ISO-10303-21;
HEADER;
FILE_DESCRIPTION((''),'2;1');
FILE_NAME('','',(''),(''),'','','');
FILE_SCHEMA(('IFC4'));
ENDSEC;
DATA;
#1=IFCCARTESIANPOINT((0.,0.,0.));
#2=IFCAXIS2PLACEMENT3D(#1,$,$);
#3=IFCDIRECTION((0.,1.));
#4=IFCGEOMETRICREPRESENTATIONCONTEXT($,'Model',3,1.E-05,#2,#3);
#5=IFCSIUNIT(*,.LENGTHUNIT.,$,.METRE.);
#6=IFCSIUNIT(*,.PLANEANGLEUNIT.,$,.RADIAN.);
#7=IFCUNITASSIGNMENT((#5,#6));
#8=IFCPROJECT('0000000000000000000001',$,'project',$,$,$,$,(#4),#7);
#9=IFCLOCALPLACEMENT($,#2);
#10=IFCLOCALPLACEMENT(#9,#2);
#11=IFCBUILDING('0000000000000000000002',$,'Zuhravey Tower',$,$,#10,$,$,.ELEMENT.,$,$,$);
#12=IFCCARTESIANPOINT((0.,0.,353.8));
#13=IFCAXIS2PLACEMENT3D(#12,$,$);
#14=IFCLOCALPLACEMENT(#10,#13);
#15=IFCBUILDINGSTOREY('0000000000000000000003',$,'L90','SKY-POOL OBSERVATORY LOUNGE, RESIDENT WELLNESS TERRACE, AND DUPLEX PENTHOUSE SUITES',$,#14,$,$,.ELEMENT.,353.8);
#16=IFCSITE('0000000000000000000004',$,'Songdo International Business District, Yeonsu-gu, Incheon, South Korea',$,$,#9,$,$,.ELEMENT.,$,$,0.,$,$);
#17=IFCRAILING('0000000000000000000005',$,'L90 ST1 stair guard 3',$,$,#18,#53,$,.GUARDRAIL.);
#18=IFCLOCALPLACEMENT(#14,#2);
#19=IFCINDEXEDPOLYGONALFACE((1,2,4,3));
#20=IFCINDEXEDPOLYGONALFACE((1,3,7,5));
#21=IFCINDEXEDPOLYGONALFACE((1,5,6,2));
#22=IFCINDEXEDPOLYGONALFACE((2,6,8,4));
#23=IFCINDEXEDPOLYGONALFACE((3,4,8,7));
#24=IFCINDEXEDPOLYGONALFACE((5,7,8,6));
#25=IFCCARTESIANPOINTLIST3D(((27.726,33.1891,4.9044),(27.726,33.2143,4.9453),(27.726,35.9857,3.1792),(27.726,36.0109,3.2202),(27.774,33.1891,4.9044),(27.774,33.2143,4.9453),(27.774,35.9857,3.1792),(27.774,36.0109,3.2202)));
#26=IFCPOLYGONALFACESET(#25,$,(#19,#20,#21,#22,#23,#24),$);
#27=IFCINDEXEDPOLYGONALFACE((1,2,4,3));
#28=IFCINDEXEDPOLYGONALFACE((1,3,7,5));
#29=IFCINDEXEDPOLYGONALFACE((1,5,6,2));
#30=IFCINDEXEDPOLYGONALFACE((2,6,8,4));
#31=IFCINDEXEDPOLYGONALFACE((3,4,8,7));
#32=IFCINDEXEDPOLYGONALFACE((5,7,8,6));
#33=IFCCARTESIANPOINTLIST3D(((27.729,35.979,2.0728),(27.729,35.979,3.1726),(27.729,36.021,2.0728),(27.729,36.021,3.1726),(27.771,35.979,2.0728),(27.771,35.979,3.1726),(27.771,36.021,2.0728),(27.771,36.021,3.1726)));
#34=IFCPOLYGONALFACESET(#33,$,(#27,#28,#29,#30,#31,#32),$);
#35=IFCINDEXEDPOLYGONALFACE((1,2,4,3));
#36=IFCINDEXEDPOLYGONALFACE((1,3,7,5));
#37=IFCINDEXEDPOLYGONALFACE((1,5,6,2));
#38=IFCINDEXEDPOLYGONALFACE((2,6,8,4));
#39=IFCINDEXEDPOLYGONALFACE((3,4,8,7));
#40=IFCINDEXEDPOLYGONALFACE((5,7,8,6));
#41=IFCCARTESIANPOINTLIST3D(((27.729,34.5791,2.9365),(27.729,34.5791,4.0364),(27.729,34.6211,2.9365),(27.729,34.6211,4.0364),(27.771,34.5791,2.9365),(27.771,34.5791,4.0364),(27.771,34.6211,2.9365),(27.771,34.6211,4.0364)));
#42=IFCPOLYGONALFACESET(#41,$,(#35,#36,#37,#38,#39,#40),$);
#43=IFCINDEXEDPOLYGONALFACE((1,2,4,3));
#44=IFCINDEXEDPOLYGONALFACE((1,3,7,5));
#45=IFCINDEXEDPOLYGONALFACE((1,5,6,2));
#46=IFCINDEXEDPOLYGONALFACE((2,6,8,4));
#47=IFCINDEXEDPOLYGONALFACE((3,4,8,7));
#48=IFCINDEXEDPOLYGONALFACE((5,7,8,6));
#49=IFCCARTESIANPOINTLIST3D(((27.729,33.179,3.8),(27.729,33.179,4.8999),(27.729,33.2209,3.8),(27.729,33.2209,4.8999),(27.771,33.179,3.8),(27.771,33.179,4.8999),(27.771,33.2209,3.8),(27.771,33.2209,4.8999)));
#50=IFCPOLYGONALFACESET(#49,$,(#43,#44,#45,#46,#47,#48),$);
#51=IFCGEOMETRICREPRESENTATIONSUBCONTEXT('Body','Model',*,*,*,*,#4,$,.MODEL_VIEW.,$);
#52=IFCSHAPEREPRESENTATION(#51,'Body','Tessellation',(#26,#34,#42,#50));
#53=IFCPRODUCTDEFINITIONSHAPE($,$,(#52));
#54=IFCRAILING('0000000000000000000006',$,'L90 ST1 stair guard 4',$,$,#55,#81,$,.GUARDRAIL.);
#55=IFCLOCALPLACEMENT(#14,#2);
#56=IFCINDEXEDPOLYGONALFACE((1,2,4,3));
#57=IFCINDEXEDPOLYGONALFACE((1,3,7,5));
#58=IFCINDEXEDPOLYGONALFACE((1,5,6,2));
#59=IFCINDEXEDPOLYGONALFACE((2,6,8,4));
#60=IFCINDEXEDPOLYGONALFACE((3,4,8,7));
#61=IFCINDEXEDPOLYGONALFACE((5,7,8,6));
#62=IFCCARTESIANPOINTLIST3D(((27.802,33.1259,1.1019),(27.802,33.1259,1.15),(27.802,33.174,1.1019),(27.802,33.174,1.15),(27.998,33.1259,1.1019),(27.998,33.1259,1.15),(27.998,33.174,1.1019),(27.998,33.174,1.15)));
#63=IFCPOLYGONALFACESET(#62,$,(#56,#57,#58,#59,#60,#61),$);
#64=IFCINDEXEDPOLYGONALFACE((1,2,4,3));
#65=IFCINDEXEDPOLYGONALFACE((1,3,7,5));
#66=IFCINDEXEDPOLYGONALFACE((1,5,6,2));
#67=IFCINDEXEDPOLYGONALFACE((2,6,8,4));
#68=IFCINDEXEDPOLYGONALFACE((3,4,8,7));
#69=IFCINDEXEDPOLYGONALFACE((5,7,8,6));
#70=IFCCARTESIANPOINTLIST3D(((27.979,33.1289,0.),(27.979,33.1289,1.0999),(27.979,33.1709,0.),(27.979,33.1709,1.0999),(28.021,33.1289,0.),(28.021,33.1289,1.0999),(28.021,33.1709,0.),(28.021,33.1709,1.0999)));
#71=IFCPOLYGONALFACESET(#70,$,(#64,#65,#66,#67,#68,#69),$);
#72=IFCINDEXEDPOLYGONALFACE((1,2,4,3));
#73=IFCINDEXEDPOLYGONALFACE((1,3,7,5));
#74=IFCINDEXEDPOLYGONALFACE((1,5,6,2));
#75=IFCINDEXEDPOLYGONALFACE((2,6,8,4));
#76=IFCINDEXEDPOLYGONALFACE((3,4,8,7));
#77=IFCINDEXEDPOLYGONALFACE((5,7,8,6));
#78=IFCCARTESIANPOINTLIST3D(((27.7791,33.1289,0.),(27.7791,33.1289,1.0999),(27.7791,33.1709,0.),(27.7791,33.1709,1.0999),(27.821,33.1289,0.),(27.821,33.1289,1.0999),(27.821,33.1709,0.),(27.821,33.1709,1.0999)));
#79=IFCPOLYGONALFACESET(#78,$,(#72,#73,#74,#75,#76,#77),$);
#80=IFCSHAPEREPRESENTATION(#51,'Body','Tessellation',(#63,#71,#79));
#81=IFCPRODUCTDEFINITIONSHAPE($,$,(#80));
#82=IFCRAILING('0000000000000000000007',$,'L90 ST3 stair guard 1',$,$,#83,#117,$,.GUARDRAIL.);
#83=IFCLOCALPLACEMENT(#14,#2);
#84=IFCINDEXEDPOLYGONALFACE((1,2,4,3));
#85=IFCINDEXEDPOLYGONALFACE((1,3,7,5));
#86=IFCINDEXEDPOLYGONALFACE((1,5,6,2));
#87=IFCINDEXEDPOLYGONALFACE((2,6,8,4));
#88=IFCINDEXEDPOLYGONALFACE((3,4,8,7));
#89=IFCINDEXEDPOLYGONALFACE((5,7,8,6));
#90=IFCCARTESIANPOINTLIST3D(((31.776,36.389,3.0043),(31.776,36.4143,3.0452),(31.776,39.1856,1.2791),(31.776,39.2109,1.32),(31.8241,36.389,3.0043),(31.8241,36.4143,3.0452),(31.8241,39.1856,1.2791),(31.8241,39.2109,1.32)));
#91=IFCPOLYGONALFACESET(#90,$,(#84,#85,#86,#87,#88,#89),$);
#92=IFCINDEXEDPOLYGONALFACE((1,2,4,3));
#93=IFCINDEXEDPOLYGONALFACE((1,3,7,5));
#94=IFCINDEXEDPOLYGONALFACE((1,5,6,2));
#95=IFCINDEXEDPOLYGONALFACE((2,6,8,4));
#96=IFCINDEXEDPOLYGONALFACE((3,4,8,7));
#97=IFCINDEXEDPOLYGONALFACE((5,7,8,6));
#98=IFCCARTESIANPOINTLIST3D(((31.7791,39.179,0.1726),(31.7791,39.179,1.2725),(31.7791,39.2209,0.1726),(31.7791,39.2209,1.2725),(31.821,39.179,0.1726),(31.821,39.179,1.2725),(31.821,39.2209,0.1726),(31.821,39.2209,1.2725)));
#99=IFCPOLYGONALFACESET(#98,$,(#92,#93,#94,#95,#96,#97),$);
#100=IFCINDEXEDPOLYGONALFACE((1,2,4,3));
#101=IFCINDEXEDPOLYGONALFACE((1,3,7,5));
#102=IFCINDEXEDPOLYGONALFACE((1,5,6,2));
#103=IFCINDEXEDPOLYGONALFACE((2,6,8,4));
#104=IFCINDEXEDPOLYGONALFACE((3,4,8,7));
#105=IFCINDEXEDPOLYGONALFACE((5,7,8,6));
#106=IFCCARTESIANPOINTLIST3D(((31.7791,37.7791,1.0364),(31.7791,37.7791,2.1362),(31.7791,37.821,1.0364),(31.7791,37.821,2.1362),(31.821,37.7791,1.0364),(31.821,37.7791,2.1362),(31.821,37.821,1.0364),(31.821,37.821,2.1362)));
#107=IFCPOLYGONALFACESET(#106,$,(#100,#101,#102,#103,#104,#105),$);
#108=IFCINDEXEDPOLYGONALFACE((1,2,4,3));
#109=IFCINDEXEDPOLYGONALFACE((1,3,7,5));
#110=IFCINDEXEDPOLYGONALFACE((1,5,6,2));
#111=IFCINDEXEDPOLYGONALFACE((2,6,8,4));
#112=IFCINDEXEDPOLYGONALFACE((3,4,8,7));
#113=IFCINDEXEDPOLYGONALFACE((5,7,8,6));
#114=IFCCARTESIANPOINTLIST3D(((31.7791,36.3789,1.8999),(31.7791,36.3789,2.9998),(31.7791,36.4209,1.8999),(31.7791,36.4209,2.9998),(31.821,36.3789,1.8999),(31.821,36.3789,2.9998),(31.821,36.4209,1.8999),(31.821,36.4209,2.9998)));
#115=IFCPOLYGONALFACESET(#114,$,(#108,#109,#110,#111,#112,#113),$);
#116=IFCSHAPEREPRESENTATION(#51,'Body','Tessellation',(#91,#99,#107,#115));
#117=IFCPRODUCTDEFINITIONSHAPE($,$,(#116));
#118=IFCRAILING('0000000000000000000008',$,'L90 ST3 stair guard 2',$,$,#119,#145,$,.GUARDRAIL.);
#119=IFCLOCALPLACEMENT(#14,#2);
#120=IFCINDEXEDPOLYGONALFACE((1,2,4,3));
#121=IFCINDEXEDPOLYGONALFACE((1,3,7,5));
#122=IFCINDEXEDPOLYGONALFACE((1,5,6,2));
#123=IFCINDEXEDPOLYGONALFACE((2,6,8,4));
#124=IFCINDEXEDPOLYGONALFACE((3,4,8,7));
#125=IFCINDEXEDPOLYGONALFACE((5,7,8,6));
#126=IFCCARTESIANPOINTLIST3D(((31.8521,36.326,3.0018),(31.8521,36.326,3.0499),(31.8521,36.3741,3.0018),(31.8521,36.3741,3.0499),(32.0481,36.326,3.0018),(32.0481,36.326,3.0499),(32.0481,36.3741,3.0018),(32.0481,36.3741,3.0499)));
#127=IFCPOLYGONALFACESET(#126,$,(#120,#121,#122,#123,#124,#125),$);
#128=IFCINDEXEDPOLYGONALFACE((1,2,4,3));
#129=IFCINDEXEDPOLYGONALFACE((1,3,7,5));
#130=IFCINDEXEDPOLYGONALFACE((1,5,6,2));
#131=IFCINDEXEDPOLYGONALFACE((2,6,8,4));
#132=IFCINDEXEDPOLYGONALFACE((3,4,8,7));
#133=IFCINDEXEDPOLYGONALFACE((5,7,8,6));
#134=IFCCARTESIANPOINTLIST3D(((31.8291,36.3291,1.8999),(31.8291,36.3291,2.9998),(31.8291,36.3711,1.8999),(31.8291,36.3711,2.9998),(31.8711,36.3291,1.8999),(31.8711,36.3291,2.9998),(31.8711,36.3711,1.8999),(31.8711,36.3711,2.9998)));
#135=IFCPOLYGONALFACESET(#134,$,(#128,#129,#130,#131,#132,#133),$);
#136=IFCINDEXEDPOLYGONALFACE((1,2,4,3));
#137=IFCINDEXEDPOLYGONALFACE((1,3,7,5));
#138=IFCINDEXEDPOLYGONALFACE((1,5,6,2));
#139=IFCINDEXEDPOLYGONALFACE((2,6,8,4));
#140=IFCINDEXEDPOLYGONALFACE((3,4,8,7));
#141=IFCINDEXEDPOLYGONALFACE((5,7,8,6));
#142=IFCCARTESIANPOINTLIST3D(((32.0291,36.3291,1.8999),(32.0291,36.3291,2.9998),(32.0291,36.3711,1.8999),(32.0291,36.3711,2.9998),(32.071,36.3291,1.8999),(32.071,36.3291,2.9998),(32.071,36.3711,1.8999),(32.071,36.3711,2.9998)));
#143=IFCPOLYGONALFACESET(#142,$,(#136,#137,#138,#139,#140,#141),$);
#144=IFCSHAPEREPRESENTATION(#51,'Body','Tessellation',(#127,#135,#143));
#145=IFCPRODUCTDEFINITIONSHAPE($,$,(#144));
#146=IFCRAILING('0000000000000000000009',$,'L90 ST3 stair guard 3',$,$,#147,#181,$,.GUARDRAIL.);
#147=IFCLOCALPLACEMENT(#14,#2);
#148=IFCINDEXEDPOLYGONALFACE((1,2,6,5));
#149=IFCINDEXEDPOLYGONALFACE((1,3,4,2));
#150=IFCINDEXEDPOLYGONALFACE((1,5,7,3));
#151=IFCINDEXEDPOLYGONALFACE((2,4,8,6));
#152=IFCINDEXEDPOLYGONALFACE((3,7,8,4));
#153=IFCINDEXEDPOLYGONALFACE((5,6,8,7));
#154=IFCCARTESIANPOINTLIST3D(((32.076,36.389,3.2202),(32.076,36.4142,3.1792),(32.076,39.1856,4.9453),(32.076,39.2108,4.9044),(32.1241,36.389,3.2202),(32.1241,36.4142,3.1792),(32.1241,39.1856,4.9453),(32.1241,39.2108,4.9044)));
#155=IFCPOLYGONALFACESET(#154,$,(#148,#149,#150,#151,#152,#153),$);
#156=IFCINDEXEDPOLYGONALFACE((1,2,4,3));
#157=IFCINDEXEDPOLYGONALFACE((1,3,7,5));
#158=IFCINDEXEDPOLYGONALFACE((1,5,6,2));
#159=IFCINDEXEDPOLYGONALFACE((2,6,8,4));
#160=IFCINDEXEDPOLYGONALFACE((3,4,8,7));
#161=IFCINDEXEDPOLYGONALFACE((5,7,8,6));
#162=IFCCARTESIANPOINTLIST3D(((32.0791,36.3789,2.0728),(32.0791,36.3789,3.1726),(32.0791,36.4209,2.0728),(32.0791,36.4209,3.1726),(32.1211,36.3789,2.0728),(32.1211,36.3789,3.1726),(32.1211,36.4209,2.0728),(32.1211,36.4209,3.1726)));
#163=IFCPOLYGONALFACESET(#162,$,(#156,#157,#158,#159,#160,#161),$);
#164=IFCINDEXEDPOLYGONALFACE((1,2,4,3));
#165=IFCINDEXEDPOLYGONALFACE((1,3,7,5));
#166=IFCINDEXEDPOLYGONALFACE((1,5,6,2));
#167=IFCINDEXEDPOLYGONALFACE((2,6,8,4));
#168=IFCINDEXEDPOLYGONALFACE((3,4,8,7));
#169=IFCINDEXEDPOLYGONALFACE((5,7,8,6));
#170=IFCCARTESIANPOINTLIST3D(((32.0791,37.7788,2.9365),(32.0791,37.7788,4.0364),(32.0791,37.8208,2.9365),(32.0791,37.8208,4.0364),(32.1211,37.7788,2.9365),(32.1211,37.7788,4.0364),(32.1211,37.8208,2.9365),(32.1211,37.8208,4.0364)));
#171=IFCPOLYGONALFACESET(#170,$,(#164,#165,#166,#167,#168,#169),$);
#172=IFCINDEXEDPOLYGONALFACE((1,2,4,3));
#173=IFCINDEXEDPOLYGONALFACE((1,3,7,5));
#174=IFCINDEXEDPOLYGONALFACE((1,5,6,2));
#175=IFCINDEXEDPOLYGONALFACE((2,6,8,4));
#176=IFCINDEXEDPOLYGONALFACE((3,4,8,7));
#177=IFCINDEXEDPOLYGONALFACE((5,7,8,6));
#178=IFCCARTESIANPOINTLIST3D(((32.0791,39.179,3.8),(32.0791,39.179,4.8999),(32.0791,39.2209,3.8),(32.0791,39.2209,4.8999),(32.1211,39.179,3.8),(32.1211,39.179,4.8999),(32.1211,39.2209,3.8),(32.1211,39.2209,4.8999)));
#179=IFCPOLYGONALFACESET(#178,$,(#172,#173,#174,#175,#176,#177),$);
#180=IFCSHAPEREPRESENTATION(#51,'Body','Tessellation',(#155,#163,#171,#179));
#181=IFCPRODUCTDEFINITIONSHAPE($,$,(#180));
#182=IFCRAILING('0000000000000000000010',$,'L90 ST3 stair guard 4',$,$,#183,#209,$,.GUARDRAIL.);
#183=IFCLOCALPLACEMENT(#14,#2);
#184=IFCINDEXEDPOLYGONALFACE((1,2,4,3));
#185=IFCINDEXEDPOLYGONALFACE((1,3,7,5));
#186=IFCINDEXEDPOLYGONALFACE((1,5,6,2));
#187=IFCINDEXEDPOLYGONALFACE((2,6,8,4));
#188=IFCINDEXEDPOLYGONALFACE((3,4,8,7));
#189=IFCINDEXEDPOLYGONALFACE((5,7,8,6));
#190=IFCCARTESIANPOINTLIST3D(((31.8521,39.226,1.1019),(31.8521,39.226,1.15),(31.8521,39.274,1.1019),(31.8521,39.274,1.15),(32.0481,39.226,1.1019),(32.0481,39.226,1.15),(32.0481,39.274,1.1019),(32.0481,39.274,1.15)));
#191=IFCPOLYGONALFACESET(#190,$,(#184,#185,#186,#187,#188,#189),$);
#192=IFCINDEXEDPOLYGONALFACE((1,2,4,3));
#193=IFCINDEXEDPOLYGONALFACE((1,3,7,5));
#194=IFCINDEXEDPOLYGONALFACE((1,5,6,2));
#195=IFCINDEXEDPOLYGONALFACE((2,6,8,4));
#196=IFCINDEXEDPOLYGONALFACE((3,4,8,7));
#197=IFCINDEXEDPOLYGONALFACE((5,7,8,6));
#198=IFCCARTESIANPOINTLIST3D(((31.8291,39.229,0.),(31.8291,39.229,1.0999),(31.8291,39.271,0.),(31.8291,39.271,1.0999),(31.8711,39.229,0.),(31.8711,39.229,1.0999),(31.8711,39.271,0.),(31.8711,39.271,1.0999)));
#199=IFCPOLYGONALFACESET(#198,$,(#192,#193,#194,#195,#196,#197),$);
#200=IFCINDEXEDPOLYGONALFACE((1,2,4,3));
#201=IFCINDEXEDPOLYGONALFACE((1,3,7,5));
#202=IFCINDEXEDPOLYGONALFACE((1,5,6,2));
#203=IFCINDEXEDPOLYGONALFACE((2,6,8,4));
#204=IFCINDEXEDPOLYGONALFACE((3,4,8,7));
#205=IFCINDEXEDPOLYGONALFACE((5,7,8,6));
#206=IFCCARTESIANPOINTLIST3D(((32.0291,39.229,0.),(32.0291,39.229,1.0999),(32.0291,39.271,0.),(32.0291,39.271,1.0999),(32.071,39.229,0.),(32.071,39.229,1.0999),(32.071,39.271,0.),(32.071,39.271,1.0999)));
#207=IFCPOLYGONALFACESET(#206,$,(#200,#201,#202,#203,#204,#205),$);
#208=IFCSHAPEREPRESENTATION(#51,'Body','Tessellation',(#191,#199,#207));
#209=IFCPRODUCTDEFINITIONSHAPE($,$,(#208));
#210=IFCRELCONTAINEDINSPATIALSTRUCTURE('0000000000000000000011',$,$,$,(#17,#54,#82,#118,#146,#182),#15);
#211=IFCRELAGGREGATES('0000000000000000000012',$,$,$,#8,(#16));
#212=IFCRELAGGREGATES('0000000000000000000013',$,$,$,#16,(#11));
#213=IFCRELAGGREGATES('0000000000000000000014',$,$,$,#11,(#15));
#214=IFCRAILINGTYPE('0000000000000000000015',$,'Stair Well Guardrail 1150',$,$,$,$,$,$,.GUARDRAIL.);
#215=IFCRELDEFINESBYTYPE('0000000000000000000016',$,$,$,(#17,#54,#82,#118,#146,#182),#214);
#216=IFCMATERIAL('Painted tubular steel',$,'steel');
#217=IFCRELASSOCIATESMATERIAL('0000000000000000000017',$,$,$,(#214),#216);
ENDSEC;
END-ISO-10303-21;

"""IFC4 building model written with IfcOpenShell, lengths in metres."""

from ifc_helpers import new_model, si_unit, direction, frame, origin, origin_2d, place, context, subcontext, project, spatial, rectangle, extrude, material, type_object, element, save


model = new_model("IFC4")

# Units and contexts
model_context = context("Model", 3, precision=1e-05, world=origin(), true_north=direction((0.0, 1.0)))
body_context = subcontext(model_context, "Body", "Model", "MODEL_VIEW")
ifc_project = project(units=[si_unit("LENGTHUNIT", "METRE"), si_unit("PLANEANGLEUNIT", "RADIAN")], contexts=[model_context])

# Site, building, storey
site_placement = place(None, origin())
site = spatial("IfcSite", under=ifc_project, at=site_placement, Name="Songdo International Business District, Yeonsu-gu, Incheon, South Korea", CompositionType="ELEMENT", RefElevation=0.0)
building_placement = place(site_placement, origin())
building = spatial("IfcBuilding", under=site, at=building_placement, Name="Zuhravey Tower", CompositionType="ELEMENT")
storey_placement = place(building_placement, frame((0.0, 0.0, 353.8)))
storey = spatial("IfcBuildingStorey", under=building, at=storey_placement, Name="L90", Description="SKY-POOL OBSERVATORY LOUNGE, RESIDENT WELLNESS TERRACE, AND DUPLEX PENTHOUSE SUITES", CompositionType="ELEMENT", Elevation=353.8)

# Railings
ifc_material_1 = material(Name="Painted tubular steel", Category="steel")
railing_type_1 = type_object("IfcRailingType", Name="Stair Well Guardrail 1150", PredefinedType="GUARDRAIL", material=ifc_material_1)
railing_1_placement = place(storey_placement, frame((27.75, 36.0, 2.0728)))
element("IfcRailing", 1, at=railing_1_placement, inside=storey, type_object=railing_type_1, Name="L90 ST1 stair guard 3", PredefinedType="GUARDRAIL", context=body_context, shape_type="SweptSolid", body=[
    extrude(rectangle(XDim=0.0481, YDim=0.0481, at=origin_2d()), frame((0.0, -0.0017, 1.127), z_axis=(0.0, -0.85109, 0.52502), x_axis=(1.0, 0.0, 0.0)), (0.0, 0.0, 1.0), 3.2859),
    extrude(rectangle(XDim=0.042, YDim=0.042, at=origin_2d()), origin(), (0.0, 0.0, 1.0), 1.0999),
    extrude(rectangle(XDim=0.042, YDim=0.042, at=origin_2d()), frame((0.0, -1.3999, 0.8638)), (0.0, 0.0, 1.0), 1.0999),
    extrude(rectangle(XDim=0.042, YDim=0.042, at=origin_2d()), frame((0.0, -2.8, 1.7273)), (0.0, 0.0, 1.0), 1.0999),
])
railing_2_placement = place(storey_placement, frame((28.0, 33.1499, 0.0)))
element("IfcRailing", 2, at=railing_2_placement, inside=storey, type_object=railing_type_1, Name="L90 ST1 stair guard 4", PredefinedType="GUARDRAIL", context=body_context, shape_type="SweptSolid", body=[
    extrude(rectangle(XDim=0.0481, YDim=0.0481, at=origin_2d()), frame((-0.002, 0.0, 1.126), z_axis=(-1.0, 0.0, 0.0), x_axis=(0.0, -1.0, 0.0)), (0.0, 0.0, 1.0), 0.196),
    extrude(rectangle(XDim=0.042, YDim=0.042, at=origin_2d()), origin(), (0.0, 0.0, 1.0), 1.0999),
    extrude(rectangle(XDim=0.042, YDim=0.042, at=origin_2d()), frame((-0.2, 0.0, 0.0)), (0.0, 0.0, 1.0), 1.0999),
])
railing_3_placement = place(storey_placement, frame((31.8, 39.2, 0.1726)))
element("IfcRailing", 3, at=railing_3_placement, inside=storey, type_object=railing_type_1, Name="L90 ST3 stair guard 1", PredefinedType="GUARDRAIL", context=body_context, shape_type="SweptSolid", body=[
    extrude(rectangle(XDim=0.0481, YDim=0.0481, at=origin_2d()), frame((0.0, -0.0017, 1.127), z_axis=(0.0, -0.85109, 0.52502), x_axis=(1.0, 0.0, 0.0)), (0.0, 0.0, 1.0), 3.2859),
    extrude(rectangle(XDim=0.042, YDim=0.042, at=origin_2d()), origin(), (0.0, 0.0, 1.0), 1.0999),
    extrude(rectangle(XDim=0.042, YDim=0.042, at=origin_2d()), frame((0.0, -1.3999, 0.8638)), (0.0, 0.0, 1.0), 1.0999),
    extrude(rectangle(XDim=0.042, YDim=0.042, at=origin_2d()), frame((0.0, -2.8, 1.7273)), (0.0, 0.0, 1.0), 1.0999),
])
railing_4_placement = place(storey_placement, frame((31.8501, 36.3501, 1.8999)))
element("IfcRailing", 4, at=railing_4_placement, inside=storey, type_object=railing_type_1, Name="L90 ST3 stair guard 2", PredefinedType="GUARDRAIL", context=body_context, shape_type="SweptSolid", body=[
    extrude(rectangle(XDim=0.0481, YDim=0.0481, at=origin_2d()), frame((0.002, 0.0, 1.126), z_axis=(1.0, 0.0, 0.0), x_axis=(0.0, 1.0, 0.0)), (0.0, 0.0, 1.0), 0.196),
    extrude(rectangle(XDim=0.042, YDim=0.042, at=origin_2d()), origin(), (0.0, 0.0, 1.0), 1.0999),
    extrude(rectangle(XDim=0.042, YDim=0.042, at=origin_2d()), frame((0.2, 0.0, 0.0)), (0.0, 0.0, 1.0), 1.0999),
])
railing_5_placement = place(storey_placement, frame((32.1001, 36.3999, 2.0728)))
element("IfcRailing", 5, at=railing_5_placement, inside=storey, type_object=railing_type_1, Name="L90 ST3 stair guard 3", PredefinedType="GUARDRAIL", context=body_context, shape_type="SweptSolid", body=[
    extrude(rectangle(XDim=0.0481, YDim=0.0481, at=origin_2d()), frame((0.0, 0.0017, 1.127), z_axis=(0.0, 0.85109, 0.52502), x_axis=(-1.0, 0.0, 0.0)), (0.0, 0.0, 1.0), 3.2859),
    extrude(rectangle(XDim=0.042, YDim=0.042, at=origin_2d()), origin(), (0.0, 0.0, 1.0), 1.0999),
    extrude(rectangle(XDim=0.042, YDim=0.042, at=origin_2d()), frame((0.0, 1.3999, 0.8638)), (0.0, 0.0, 1.0), 1.0999),
    extrude(rectangle(XDim=0.042, YDim=0.042, at=origin_2d()), frame((0.0, 2.8, 1.7273)), (0.0, 0.0, 1.0), 1.0999),
])
railing_6_placement = place(storey_placement, frame((31.8501, 39.25, 0.0)))
element("IfcRailing", 6, at=railing_6_placement, inside=storey, type_object=railing_type_1, Name="L90 ST3 stair guard 4", PredefinedType="GUARDRAIL", context=body_context, shape_type="SweptSolid", body=[
    extrude(rectangle(XDim=0.0481, YDim=0.0481, at=origin_2d()), frame((0.002, 0.0, 1.126), z_axis=(1.0, 0.0, 0.0), x_axis=(0.0, 1.0, 0.0)), (0.0, 0.0, 1.0), 0.196),
    extrude(rectangle(XDim=0.042, YDim=0.042, at=origin_2d()), origin(), (0.0, 0.0, 1.0), 1.0999),
    extrude(rectangle(XDim=0.042, YDim=0.042, at=origin_2d()), frame((0.2, 0.0, 0.0)), (0.0, 0.0, 1.0), 1.0999),
])

save(model, "model.ifc")
